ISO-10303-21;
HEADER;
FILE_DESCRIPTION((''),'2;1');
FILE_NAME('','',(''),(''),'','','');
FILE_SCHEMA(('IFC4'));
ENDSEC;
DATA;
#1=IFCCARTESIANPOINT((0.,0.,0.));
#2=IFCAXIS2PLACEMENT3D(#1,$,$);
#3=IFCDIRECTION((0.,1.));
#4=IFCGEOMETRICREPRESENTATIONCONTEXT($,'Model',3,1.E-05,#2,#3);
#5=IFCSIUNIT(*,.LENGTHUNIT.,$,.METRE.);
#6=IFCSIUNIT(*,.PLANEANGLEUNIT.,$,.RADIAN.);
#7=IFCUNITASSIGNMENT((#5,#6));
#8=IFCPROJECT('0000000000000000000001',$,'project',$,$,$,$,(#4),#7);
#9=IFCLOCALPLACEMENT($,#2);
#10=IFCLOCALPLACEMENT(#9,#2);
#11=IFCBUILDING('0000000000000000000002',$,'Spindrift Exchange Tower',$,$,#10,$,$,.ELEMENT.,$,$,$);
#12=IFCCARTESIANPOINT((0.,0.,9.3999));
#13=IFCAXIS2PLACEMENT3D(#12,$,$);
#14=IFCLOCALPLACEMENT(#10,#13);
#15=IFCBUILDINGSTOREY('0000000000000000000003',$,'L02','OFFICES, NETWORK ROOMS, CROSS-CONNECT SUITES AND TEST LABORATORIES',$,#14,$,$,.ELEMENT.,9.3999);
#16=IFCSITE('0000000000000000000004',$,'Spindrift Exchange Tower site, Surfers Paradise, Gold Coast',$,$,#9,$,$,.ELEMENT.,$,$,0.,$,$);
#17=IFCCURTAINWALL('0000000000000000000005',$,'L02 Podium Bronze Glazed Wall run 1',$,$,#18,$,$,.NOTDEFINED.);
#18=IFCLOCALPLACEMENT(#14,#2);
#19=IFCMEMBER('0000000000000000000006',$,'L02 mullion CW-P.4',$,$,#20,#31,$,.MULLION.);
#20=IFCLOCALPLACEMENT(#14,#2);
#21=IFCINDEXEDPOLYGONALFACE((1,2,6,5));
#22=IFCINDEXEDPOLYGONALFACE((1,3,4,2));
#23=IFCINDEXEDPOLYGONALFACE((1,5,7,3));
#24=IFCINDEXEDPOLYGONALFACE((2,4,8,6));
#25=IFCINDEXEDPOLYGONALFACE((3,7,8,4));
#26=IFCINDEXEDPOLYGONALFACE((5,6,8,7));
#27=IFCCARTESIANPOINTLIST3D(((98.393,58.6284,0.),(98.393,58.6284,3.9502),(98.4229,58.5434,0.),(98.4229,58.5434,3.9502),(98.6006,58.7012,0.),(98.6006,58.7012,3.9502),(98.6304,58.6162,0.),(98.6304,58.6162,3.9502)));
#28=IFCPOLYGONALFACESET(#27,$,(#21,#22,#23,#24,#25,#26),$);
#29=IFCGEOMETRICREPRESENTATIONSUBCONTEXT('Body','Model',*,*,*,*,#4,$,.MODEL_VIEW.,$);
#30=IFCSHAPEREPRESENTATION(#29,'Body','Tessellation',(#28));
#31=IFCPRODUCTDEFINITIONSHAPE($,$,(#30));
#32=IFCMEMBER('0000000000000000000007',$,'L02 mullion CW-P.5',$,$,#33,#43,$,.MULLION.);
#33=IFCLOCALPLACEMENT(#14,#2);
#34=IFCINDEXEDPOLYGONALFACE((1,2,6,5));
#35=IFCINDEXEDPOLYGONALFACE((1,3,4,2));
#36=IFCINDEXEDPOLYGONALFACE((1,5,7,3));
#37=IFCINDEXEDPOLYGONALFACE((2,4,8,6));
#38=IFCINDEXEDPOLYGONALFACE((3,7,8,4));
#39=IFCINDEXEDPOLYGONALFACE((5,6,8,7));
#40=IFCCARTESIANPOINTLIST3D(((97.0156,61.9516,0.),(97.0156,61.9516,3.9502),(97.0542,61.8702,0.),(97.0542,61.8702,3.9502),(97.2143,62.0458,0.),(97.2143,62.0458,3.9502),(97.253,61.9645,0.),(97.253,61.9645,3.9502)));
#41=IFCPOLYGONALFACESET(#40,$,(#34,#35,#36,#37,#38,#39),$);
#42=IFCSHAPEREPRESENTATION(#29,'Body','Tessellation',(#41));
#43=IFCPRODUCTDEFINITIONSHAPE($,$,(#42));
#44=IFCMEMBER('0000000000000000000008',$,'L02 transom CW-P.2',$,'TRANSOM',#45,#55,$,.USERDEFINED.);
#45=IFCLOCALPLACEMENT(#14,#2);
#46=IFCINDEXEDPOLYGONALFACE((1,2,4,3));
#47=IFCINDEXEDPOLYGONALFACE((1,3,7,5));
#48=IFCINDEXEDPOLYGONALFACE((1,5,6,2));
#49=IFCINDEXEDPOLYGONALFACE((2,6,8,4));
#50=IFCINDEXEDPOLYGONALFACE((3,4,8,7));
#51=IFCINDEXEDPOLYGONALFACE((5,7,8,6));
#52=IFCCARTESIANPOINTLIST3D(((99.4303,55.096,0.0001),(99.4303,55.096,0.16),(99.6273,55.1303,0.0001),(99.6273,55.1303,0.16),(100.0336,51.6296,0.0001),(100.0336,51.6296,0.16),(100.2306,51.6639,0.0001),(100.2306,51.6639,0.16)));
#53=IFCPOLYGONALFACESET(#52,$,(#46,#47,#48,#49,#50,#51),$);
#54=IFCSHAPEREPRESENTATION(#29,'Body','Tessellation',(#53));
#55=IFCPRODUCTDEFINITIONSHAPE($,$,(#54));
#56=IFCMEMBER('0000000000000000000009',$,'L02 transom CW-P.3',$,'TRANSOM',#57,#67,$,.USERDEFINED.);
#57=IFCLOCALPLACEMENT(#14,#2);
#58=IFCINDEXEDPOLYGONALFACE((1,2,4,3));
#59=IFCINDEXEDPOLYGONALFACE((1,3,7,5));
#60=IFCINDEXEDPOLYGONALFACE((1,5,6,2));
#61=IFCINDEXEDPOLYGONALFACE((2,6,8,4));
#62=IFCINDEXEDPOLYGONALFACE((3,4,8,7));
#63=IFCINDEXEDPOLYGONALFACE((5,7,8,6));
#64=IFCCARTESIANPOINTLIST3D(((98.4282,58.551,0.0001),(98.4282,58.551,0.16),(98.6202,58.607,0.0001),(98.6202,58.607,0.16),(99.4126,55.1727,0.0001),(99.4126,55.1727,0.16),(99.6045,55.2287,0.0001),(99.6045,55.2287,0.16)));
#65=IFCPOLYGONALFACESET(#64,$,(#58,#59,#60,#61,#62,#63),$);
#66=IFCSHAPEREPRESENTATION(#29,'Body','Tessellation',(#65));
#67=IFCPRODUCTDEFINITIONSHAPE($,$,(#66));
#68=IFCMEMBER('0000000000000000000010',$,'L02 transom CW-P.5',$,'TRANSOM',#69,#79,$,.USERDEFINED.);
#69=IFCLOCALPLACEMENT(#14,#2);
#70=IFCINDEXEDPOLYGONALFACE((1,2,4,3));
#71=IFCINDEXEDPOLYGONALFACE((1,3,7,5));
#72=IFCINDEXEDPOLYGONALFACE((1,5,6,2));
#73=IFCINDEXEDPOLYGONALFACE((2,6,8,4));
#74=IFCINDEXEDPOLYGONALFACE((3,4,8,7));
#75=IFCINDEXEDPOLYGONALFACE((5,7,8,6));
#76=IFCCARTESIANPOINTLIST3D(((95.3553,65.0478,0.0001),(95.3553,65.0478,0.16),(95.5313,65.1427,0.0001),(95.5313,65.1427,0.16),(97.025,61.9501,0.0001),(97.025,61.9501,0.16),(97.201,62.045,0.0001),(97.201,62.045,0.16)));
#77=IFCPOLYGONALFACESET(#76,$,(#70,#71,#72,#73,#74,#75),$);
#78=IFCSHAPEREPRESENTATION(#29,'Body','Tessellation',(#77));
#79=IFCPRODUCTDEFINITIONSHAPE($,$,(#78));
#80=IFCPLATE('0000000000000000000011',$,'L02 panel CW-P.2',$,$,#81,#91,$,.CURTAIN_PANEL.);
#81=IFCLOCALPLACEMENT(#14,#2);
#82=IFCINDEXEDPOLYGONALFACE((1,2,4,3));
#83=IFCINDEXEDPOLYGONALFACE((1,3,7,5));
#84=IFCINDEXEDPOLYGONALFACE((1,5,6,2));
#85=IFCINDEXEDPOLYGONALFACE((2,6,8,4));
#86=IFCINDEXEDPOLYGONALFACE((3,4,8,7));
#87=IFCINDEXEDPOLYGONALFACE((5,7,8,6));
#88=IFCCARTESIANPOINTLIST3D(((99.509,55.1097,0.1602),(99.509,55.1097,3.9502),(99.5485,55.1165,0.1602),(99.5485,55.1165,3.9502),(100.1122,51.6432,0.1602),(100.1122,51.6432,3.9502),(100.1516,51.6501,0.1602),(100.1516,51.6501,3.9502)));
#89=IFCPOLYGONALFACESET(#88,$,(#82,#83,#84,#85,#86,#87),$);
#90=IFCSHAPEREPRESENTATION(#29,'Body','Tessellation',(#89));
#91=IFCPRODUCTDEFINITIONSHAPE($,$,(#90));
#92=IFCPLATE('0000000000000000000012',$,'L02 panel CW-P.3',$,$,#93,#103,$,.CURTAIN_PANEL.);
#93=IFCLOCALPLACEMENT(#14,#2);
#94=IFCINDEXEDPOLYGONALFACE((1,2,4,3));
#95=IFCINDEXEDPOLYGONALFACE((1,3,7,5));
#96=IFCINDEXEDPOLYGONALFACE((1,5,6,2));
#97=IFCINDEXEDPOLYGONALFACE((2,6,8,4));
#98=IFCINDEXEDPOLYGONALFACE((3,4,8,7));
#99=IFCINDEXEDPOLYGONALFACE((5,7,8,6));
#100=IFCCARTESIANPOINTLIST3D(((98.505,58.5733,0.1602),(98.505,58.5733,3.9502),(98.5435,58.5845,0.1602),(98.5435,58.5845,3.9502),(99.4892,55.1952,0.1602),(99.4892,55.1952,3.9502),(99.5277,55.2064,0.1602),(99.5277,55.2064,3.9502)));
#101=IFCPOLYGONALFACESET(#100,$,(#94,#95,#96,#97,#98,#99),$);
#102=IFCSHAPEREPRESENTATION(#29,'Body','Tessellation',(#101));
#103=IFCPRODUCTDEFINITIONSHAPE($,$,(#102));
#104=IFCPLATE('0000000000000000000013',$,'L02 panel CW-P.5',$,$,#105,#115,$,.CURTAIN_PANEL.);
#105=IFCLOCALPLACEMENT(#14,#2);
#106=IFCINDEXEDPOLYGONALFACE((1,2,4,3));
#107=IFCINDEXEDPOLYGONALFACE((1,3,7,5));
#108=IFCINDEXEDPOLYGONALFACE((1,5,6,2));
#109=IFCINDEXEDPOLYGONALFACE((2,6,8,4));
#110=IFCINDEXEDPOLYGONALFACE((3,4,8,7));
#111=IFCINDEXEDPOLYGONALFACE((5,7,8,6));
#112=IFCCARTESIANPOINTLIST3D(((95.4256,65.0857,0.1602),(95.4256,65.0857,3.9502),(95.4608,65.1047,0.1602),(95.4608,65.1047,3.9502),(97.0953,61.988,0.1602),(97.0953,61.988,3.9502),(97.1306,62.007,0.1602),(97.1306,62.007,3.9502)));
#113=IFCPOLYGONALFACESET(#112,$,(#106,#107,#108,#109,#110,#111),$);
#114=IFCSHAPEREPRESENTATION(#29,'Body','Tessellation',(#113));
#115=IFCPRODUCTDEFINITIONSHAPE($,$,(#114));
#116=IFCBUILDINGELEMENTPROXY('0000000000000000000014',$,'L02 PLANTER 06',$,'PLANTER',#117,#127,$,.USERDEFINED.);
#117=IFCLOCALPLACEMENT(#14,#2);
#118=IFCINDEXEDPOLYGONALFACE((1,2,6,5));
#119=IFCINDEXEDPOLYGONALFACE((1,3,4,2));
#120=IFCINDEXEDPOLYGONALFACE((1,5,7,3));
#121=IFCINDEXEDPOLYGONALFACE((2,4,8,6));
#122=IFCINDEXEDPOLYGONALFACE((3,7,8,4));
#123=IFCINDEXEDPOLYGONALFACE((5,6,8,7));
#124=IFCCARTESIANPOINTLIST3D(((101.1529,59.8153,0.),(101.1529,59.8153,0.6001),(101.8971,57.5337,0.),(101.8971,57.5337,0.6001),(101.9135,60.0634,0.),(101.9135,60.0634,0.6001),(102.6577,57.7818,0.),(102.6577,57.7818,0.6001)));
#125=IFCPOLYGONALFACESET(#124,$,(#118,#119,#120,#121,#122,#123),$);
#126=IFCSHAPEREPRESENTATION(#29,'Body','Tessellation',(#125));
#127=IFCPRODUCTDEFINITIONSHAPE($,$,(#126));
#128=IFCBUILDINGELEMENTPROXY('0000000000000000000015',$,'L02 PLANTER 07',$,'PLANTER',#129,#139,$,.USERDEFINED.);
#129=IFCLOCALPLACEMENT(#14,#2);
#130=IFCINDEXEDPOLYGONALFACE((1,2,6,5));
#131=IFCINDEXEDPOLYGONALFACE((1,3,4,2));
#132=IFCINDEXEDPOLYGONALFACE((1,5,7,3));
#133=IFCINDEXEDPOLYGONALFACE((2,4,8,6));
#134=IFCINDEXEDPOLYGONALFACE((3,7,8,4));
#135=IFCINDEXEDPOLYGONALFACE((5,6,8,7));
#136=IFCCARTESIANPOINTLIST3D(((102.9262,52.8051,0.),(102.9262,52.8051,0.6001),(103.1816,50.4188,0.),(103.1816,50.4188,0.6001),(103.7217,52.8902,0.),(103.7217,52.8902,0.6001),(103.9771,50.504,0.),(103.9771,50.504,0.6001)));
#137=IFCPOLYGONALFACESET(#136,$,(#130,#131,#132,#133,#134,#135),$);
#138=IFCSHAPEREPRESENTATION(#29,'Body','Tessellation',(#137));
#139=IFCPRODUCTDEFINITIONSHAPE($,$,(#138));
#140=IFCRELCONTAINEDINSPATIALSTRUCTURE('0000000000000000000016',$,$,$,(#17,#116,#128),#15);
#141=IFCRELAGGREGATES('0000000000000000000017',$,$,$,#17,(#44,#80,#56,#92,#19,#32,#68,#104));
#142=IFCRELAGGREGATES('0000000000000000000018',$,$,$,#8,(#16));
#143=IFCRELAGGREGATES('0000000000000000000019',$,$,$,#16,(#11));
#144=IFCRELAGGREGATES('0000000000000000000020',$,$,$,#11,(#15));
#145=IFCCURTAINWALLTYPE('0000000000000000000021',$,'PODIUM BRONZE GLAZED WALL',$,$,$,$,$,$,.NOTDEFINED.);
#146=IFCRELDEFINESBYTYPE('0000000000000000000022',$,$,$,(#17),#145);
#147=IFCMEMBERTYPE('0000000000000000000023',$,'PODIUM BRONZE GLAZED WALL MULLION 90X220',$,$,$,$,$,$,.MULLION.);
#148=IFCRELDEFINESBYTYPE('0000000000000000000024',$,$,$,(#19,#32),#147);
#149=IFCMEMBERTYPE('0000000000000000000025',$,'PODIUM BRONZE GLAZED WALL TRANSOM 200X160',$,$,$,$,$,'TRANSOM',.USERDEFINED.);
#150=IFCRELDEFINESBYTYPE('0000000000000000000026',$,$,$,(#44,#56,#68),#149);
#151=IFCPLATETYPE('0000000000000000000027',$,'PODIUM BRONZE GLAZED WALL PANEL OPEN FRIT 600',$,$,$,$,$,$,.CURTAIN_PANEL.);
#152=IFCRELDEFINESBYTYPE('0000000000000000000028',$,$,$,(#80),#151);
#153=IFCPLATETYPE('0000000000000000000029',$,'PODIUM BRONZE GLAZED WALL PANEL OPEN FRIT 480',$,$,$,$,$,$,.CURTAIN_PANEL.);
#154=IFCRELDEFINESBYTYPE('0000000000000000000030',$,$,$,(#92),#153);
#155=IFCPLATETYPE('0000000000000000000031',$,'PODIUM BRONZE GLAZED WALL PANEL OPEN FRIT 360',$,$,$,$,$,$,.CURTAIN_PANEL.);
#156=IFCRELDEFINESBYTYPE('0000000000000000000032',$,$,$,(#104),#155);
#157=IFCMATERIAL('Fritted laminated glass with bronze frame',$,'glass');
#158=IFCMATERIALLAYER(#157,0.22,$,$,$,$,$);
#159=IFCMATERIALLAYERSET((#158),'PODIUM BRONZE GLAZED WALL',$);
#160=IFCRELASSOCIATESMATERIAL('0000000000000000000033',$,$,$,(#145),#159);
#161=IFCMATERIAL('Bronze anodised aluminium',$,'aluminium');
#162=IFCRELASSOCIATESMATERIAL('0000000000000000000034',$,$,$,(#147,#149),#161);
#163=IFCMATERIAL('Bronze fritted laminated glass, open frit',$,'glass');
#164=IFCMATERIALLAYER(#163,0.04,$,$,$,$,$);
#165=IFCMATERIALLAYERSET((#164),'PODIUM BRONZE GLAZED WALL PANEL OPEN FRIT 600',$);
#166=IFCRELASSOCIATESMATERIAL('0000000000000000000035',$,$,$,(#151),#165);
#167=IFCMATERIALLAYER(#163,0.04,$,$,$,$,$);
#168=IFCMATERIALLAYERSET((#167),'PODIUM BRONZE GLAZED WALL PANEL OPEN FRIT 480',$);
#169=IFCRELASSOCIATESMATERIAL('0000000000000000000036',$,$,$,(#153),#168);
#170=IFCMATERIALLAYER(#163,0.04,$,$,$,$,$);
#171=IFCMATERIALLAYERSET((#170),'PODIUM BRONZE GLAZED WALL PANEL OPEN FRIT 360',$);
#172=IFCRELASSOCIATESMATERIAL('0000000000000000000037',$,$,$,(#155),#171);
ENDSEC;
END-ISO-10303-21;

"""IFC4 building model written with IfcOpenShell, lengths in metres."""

from ifc_helpers import new_model, si_unit, direction, frame, origin, origin_2d, place, context, subcontext, project, spatial, rectangle, extrude, source, transform, mapped, material, layer, layer_set, material_profile, profile_set, type_object, element, aggregate, save


model = new_model("IFC4")

# Units and contexts
model_context = context("Model", 3, precision=1e-05, world=origin(), true_north=direction((0.0, 1.0)))
body_context = subcontext(model_context, "Body", "Model", "MODEL_VIEW")
ifc_project = project(units=[si_unit("LENGTHUNIT", "METRE"), si_unit("PLANEANGLEUNIT", "RADIAN")], contexts=[model_context])

# Site, building, storey
site_placement = place(None, origin())
site = spatial("IfcSite", under=ifc_project, at=site_placement, Name="Spindrift Exchange Tower site, Surfers Paradise, Gold Coast", CompositionType="ELEMENT", RefElevation=0.0)
building_placement = place(site_placement, origin())
building = spatial("IfcBuilding", under=site, at=building_placement, Name="Spindrift Exchange Tower", CompositionType="ELEMENT")
storey_placement = place(building_placement, frame((0.0, 0.0, 9.3999)))
storey = spatial("IfcBuildingStorey", under=building, at=storey_placement, Name="L02", Description="OFFICES, NETWORK ROOMS, CROSS-CONNECT SUITES AND TEST LABORATORIES", CompositionType="ELEMENT", Elevation=9.3999)

# Curtain wall, members, plates
ifc_material_1 = material(Name="Fritted laminated glass with bronze frame", Category="glass")
ifc_layer_1 = layer(ifc_material_1, 0.22)
ifc_layer_set_1 = layer_set([ifc_layer_1], Name="PODIUM BRONZE GLAZED WALL")
curtain_wall_type = type_object("IfcCurtainWallType", Name="PODIUM BRONZE GLAZED WALL", PredefinedType="NOTDEFINED", material=ifc_layer_set_1)
curtain_wall_placement = place(storey_placement, origin())
curtain_wall = element("IfcCurtainWall", 1, at=curtain_wall_placement, inside=storey, type_object=curtain_wall_type, Name="L02 Podium Bronze Glazed Wall run 1", PredefinedType="NOTDEFINED")
ifc_material_2 = material(Name="Bronze anodised aluminium", Category="aluminium")
ifc_material_profile_1 = material_profile(ifc_material_2, rectangle(XDim=0.0901, YDim=0.22, at=origin_2d()), Name="PODIUM BRONZE GLAZED WALL MULLION 90X220")
ifc_profile_set_1 = profile_set([ifc_material_profile_1], Name="Bronze anodised aluminium")
member_type_1 = type_object("IfcMemberType", Name="PODIUM BRONZE GLAZED WALL MULLION 90X220", PredefinedType="MULLION", material=ifc_profile_set_1)
shared_shape_1 = source(origin(), body_context, "Body", "SweptSolid", [
    extrude(rectangle(XDim=0.0901, YDim=0.22, at=origin_2d()), origin(), (0.0, 0.0, 1.0), 3.9502),
])
member_1_placement = place(storey_placement, frame((98.5117, 58.6223, 0.0), z_axis=(0.0, 0.0, 1.0), x_axis=(-0.331176, 0.943569, 0.0)))
member_1 = element("IfcMember", 2, at=member_1_placement, type_object=member_type_1, Name="L02 mullion CW-P.4", PredefinedType="MULLION", context=body_context, shape_type="MappedRepresentation", body=[
    mapped(shared_shape_1, transform((0.0, 0.0, 0.0), scale=1.0)),
])
member_2_placement = place(storey_placement, frame((97.1343, 61.958, 0.0), z_axis=(0.0, 0.0, 1.0), x_axis=(-0.428639, 0.903476, 0.0)))
member_2 = element("IfcMember", 3, at=member_2_placement, type_object=member_type_1, Name="L02 mullion CW-P.5", PredefinedType="MULLION", context=body_context, shape_type="MappedRepresentation", body=[
    mapped(shared_shape_1, transform((0.0, 0.0, 0.0), scale=1.0)),
])
ifc_material_profile_2 = material_profile(ifc_material_2, rectangle(XDim=0.2, YDim=0.1599, at=origin_2d()), Name="PODIUM BRONZE GLAZED WALL TRANSOM 200X160")
ifc_profile_set_2 = profile_set([ifc_material_profile_2], Name="Bronze anodised aluminium")
member_type_2 = type_object("IfcMemberType", Name="PODIUM BRONZE GLAZED WALL TRANSOM 200X160", ElementType="TRANSOM", PredefinedType="USERDEFINED", material=ifc_profile_set_2)
shared_shape_2 = source(origin(), body_context, "Body", "SweptSolid", [
    extrude(rectangle(XDim=0.2, YDim=0.1599, at=origin_2d()), origin(), (0.0, 0.0, 1.0), 3.5186),
])
member_3_placement = place(storey_placement, frame((100.1321, 51.6467, 0.0801), z_axis=(-0.17145, 0.985193, 0.0), x_axis=(-0.985193, -0.17145, 0.0)))
member_3 = element("IfcMember", 4, at=member_3_placement, type_object=member_type_2, Name="L02 transom CW-P.2", ObjectType="TRANSOM", PredefinedType="USERDEFINED", context=body_context, shape_type="MappedRepresentation", body=[
    mapped(shared_shape_2, transform((0.0, 0.0, 0.0), scale=1.0)),
])
shared_shape_3 = source(origin(), body_context, "Body", "SweptSolid", [
    extrude(rectangle(XDim=0.2, YDim=0.1599, at=origin_2d()), origin(), (0.0, 0.0, 1.0), 3.5188),
])
member_4_placement = place(storey_placement, frame((99.5085, 55.2007, 0.0801), z_axis=(-0.279739, 0.960076, 0.0), x_axis=(-0.960076, -0.279739, 0.0)))
member_4 = element("IfcMember", 5, at=member_4_placement, type_object=member_type_2, Name="L02 transom CW-P.3", ObjectType="TRANSOM", PredefinedType="USERDEFINED", context=body_context, shape_type="MappedRepresentation", body=[
    mapped(shared_shape_3, transform((0.0, 0.0, 0.0), scale=1.0)),
])
shared_shape_4 = source(origin(), body_context, "Body", "SweptSolid", [
    extrude(rectangle(XDim=0.2, YDim=0.1599, at=origin_2d()), origin(), (0.0, 0.0, 1.0), 3.519),
])
member_5_placement = place(storey_placement, frame((97.113, 61.9976, 0.0801), z_axis=(-0.474476, 0.880268, 0.0), x_axis=(-0.880268, -0.474476, 0.0)))
member_5 = element("IfcMember", 6, at=member_5_placement, type_object=member_type_2, Name="L02 transom CW-P.5", ObjectType="TRANSOM", PredefinedType="USERDEFINED", context=body_context, shape_type="MappedRepresentation", body=[
    mapped(shared_shape_4, transform((0.0, 0.0, 0.0), scale=1.0)),
])
ifc_material_3 = material(Name="Bronze fritted laminated glass, open frit", Category="glass")
ifc_layer_2 = layer(ifc_material_3, 0.04)
ifc_layer_set_2 = layer_set([ifc_layer_2], Name="PODIUM BRONZE GLAZED WALL PANEL OPEN FRIT 600")
plate_type_1 = type_object("IfcPlateType", Name="PODIUM BRONZE GLAZED WALL PANEL OPEN FRIT 600", PredefinedType="CURTAIN_PANEL", material=ifc_layer_set_2)
shared_shape_5 = source(origin(), body_context, "Body", "SweptSolid", [
    extrude(rectangle(XDim=3.5186, YDim=0.04, at=origin_2d()), origin(), (0.0, 0.0, 1.0), 3.79),
])
plate_1_placement = place(storey_placement, frame((99.8303, 53.3799, 0.1602), z_axis=(0.0, 0.0, 1.0), x_axis=(-0.171427, 0.985197, 0.0)))
plate_1 = element("IfcPlate", 7, at=plate_1_placement, type_object=plate_type_1, Name="L02 panel CW-P.2", PredefinedType="CURTAIN_PANEL", context=body_context, shape_type="MappedRepresentation", body=[
    mapped(shared_shape_5, transform((0.0, 0.0, 0.0), scale=1.0)),
])
ifc_layer_3 = layer(ifc_material_3, 0.04)
ifc_layer_set_3 = layer_set([ifc_layer_3], Name="PODIUM BRONZE GLAZED WALL PANEL OPEN FRIT 480")
plate_type_2 = type_object("IfcPlateType", Name="PODIUM BRONZE GLAZED WALL PANEL OPEN FRIT 480", PredefinedType="CURTAIN_PANEL", material=ifc_layer_set_3)
shared_shape_6 = source(origin(), body_context, "Body", "SweptSolid", [
    extrude(rectangle(XDim=3.5186, YDim=0.04, at=origin_2d()), origin(), (0.0, 0.0, 1.0), 3.79),
])
plate_2_placement = place(storey_placement, frame((99.0164, 56.8899, 0.1602), z_axis=(0.0, 0.0, 1.0), x_axis=(-0.279717, 0.960083, 0.0)))
plate_2 = element("IfcPlate", 8, at=plate_2_placement, type_object=plate_type_2, Name="L02 panel CW-P.3", PredefinedType="CURTAIN_PANEL", context=body_context, shape_type="MappedRepresentation", body=[
    mapped(shared_shape_6, transform((0.0, 0.0, 0.0), scale=1.0)),
])
ifc_layer_4 = layer(ifc_material_3, 0.04)
ifc_layer_set_4 = layer_set([ifc_layer_4], Name="PODIUM BRONZE GLAZED WALL PANEL OPEN FRIT 360")
plate_type_3 = type_object("IfcPlateType", Name="PODIUM BRONZE GLAZED WALL PANEL OPEN FRIT 360", PredefinedType="CURTAIN_PANEL", material=ifc_layer_set_4)
shared_shape_7 = source(origin(), body_context, "Body", "SweptSolid", [
    extrude(rectangle(XDim=3.519, YDim=0.04, at=origin_2d()), origin(), (0.0, 0.0, 1.0), 3.79),
])
plate_3_placement = place(storey_placement, frame((96.2781, 63.5464, 0.1602), z_axis=(0.0, 0.0, 1.0), x_axis=(-0.474478, 0.880267, 0.0)))
plate_3 = element("IfcPlate", 9, at=plate_3_placement, type_object=plate_type_3, Name="L02 panel CW-P.5", PredefinedType="CURTAIN_PANEL", context=body_context, shape_type="MappedRepresentation", body=[
    mapped(shared_shape_7, transform((0.0, 0.0, 0.0), scale=1.0)),
])
aggregate(curtain_wall, [member_3, plate_1, member_4, plate_2, member_1, member_2, member_5, plate_3])

# Building element proxies
shared_shape_8 = source(origin(), body_context, "Body", "SweptSolid", [
    extrude(rectangle(XDim=2.3999, YDim=0.8, at=origin_2d()), origin(), (0.0, 0.0, 1.0), 0.6001),
])
for number, where, z_axis, x_axis, name in (
    (10, (101.9053, 58.7986, 0.0), (0.0, 0.0, 1.0), (0.310096, -0.950705, 0.0), "L02 PLANTER 06"),
    (11, (103.4517, 51.6545, 0.0), (0.0, 0.0, 1.0), (0.106406, -0.994323, 0.0), "L02 PLANTER 07"),
):
    element("IfcBuildingElementProxy", number, at=place(storey_placement, frame(where, z_axis=z_axis, x_axis=x_axis)), inside=storey, Name=name, ObjectType="PLANTER", PredefinedType="USERDEFINED", context=body_context, shape_type="MappedRepresentation", body=[
        mapped(shared_shape_8, transform((0.0, 0.0, 0.0), scale=1.0)),
    ])

save(model, "model.ifc")
